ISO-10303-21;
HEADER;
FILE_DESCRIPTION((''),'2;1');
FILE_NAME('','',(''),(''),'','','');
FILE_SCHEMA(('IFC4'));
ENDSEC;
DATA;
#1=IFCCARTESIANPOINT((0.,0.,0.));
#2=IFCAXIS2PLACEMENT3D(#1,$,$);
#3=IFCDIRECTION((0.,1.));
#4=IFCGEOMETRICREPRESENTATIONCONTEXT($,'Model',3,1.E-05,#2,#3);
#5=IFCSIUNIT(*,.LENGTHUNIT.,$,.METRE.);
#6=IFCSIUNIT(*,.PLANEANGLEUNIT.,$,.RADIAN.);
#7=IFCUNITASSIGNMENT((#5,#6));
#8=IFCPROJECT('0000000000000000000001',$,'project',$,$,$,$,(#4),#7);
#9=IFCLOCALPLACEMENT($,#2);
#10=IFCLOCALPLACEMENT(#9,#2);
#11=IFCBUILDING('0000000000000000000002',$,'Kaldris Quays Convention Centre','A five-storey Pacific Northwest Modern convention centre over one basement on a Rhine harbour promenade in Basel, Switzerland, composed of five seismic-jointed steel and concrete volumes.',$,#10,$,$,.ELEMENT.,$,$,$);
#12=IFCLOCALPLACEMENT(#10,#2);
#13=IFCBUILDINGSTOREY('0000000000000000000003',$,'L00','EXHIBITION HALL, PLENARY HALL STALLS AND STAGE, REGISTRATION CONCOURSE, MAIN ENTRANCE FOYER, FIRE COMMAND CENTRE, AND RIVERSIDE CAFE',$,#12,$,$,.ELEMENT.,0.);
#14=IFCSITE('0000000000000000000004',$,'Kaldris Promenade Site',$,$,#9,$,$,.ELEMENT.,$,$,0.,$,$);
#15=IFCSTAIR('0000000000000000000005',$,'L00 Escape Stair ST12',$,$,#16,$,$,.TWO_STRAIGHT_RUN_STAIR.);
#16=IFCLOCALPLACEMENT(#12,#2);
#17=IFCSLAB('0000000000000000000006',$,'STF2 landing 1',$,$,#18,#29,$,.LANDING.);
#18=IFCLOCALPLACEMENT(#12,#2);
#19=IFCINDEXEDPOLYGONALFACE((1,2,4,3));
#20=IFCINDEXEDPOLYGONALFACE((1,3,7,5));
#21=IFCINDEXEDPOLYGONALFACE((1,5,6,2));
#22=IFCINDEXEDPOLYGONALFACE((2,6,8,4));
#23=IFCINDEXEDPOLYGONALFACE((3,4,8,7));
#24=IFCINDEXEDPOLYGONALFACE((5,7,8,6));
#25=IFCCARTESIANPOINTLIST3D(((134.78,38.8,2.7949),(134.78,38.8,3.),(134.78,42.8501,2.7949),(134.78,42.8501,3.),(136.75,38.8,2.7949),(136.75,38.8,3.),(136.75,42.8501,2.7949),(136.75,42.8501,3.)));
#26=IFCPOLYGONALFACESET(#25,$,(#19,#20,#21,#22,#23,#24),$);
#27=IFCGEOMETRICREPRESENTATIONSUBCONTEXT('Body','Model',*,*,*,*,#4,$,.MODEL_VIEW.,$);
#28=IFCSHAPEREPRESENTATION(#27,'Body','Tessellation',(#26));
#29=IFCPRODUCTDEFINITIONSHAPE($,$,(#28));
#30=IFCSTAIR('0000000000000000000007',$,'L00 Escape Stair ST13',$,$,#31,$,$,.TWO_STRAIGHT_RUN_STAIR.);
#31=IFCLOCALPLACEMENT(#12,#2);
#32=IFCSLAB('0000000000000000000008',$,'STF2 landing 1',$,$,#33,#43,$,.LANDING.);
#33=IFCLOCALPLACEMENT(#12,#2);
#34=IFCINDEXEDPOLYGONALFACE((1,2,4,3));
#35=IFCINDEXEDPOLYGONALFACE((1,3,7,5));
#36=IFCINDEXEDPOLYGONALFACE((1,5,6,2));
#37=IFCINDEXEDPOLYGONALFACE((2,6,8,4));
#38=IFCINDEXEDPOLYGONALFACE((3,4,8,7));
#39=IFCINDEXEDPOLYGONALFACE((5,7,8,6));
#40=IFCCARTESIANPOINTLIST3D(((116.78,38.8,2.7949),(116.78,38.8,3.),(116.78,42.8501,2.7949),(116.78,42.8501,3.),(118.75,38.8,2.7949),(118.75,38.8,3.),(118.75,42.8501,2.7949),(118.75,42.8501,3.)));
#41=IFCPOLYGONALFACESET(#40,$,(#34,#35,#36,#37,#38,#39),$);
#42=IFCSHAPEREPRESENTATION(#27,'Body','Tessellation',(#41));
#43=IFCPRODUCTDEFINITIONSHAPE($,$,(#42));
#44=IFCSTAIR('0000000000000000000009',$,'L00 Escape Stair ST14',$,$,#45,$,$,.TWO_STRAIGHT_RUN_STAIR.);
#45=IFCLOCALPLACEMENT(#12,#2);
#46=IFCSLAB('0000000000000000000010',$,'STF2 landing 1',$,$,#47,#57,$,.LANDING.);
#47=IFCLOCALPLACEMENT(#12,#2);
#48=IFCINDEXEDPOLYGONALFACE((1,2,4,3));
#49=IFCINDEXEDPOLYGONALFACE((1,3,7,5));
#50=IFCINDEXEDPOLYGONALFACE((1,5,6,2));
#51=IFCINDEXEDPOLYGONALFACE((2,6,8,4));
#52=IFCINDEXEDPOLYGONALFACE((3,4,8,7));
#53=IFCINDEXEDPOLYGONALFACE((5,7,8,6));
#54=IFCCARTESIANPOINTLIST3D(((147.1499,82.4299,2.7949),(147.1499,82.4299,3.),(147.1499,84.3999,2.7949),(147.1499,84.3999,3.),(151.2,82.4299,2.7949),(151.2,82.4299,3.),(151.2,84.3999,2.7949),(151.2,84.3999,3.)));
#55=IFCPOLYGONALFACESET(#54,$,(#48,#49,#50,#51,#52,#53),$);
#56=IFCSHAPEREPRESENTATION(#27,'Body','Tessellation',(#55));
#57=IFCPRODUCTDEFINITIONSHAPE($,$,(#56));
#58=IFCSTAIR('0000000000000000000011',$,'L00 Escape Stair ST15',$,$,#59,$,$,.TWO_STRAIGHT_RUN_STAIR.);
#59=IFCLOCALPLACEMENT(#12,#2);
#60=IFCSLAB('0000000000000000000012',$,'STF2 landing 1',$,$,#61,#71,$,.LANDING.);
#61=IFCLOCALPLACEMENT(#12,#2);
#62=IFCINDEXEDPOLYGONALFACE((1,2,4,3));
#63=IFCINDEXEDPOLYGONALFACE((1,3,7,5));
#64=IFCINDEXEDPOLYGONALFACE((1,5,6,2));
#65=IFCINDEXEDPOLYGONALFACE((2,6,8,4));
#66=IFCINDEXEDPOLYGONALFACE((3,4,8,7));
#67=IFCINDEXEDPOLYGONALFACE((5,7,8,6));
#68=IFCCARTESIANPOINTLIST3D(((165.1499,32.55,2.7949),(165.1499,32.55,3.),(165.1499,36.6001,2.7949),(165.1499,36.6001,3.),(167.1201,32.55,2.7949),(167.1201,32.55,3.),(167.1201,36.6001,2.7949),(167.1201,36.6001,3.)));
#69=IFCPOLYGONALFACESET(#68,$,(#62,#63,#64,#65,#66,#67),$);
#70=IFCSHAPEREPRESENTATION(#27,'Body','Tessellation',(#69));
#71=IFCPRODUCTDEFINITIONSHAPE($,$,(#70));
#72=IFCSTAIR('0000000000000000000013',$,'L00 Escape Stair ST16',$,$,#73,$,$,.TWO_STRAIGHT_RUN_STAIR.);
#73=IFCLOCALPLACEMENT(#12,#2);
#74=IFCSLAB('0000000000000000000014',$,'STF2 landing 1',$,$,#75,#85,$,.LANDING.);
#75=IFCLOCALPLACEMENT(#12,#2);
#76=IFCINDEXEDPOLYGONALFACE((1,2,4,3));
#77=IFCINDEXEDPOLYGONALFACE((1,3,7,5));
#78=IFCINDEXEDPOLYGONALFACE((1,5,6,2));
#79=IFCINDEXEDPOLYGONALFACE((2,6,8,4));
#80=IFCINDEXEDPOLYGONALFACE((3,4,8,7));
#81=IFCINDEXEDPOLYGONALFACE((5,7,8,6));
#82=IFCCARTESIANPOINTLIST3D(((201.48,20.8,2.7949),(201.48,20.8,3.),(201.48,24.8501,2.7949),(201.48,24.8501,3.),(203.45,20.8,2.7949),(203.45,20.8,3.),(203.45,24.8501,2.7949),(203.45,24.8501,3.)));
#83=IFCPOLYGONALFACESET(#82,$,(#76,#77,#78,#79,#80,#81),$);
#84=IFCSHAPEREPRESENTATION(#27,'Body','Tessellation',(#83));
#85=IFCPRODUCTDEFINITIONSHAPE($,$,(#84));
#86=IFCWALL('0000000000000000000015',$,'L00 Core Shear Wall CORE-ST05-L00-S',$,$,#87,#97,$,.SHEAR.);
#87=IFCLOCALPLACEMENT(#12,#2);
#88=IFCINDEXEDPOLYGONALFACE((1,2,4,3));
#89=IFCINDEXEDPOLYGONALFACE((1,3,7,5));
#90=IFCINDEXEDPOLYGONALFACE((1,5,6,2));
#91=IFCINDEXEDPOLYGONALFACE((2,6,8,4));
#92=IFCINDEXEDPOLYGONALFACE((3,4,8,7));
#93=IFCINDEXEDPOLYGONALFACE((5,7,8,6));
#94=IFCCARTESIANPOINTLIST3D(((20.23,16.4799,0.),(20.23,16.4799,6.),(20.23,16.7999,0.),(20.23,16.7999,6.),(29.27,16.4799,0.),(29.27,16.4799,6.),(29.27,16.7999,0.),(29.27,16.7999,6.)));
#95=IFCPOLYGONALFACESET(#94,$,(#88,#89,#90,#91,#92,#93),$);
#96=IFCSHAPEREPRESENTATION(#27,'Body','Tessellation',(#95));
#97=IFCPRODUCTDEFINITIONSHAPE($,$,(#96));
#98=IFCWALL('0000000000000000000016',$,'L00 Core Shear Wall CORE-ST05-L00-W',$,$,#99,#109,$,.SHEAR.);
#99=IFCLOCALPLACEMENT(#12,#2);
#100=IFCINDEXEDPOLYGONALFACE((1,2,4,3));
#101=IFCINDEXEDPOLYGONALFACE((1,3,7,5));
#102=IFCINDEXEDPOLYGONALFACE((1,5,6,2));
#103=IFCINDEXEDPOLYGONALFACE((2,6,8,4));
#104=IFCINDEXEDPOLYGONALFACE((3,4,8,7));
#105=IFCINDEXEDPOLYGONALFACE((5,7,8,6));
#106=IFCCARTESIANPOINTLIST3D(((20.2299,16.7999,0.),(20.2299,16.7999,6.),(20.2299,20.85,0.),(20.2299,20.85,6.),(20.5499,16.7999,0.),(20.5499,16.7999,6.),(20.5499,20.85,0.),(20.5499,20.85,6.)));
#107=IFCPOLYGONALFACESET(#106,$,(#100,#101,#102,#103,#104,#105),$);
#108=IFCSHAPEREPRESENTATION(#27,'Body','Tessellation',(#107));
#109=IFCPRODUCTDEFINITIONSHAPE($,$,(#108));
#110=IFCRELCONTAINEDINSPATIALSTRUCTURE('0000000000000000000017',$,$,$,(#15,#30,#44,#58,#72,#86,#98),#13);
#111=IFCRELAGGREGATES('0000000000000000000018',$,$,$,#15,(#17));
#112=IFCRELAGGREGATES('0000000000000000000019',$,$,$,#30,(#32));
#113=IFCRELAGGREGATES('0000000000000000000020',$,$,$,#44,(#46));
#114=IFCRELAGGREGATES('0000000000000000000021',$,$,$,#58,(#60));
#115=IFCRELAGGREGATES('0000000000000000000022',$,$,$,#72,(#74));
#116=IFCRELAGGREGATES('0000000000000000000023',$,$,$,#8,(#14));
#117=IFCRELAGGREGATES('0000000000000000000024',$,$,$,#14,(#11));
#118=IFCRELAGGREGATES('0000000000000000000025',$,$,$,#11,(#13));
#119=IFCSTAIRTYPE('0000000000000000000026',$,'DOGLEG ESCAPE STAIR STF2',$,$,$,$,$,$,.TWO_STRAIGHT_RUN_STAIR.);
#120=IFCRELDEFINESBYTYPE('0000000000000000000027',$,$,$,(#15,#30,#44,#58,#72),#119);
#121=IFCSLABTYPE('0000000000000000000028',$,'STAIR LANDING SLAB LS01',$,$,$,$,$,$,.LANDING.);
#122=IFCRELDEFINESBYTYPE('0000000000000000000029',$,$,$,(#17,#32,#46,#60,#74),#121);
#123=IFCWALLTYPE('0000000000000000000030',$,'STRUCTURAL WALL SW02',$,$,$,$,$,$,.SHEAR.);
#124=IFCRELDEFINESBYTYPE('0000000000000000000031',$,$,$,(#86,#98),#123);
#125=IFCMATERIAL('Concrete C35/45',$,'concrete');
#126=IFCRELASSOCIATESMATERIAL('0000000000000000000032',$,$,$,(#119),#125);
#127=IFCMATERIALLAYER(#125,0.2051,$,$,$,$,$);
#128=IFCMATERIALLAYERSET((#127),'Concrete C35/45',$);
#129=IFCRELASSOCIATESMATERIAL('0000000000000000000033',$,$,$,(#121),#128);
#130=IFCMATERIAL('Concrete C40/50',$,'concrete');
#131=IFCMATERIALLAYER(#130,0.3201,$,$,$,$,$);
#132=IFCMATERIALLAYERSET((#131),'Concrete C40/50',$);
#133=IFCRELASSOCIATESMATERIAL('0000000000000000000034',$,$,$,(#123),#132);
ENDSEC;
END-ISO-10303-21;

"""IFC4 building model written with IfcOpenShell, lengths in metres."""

from ifc_helpers import new_model, si_unit, direction, frame, frame_2d, origin, place, context, subcontext, project, spatial, polyline, rectangle, outline, extrude, material, layer, layer_set, type_object, element, aggregate, save


model = new_model("IFC4")

# Units and contexts
model_context = context("Model", 3, precision=1e-05, world=origin(), true_north=direction((0.0, 1.0)))
body_context = subcontext(model_context, "Body", "Model", "MODEL_VIEW")
ifc_project = project(units=[si_unit("LENGTHUNIT", "METRE"), si_unit("PLANEANGLEUNIT", "RADIAN")], contexts=[model_context])

# Site, building, storey
site_placement = place(None, origin())
site = spatial("IfcSite", under=ifc_project, at=site_placement, Name="Kaldris Promenade Site", CompositionType="ELEMENT", RefElevation=0.0)
building_placement = place(site_placement, origin())
building = spatial("IfcBuilding", under=site, at=building_placement, Name="Kaldris Quays Convention Centre", Description="A five-storey Pacific Northwest Modern convention centre over one basement on a Rhine harbour promenade in Basel, Switzerland, composed of five seismic-jointed steel and concrete volumes.", CompositionType="ELEMENT")
storey_placement = place(building_placement, origin())
storey = spatial("IfcBuildingStorey", under=building, at=storey_placement, Name="L00", Description="EXHIBITION HALL, PLENARY HALL STALLS AND STAGE, REGISTRATION CONCOURSE, MAIN ENTRANCE FOYER, FIRE COMMAND CENTRE, AND RIVERSIDE CAFE", CompositionType="ELEMENT", Elevation=0.0)

# Stairs, slabs
ifc_material_1 = material(Name="Concrete C35/45", Category="concrete")
stair_type = type_object("IfcStairType", Name="DOGLEG ESCAPE STAIR STF2", PredefinedType="TWO_STRAIGHT_RUN_STAIR", material=ifc_material_1)
stair_1_placement = place(storey_placement, origin())
stair_1 = element("IfcStair", 1, at=stair_1_placement, inside=storey, type_object=stair_type, Name="L00 Escape Stair ST12", PredefinedType="TWO_STRAIGHT_RUN_STAIR")
ifc_layer_1 = layer(ifc_material_1, 0.2051)
ifc_layer_set_1 = layer_set([ifc_layer_1], Name="Concrete C35/45")
slab_type = type_object("IfcSlabType", Name="STAIR LANDING SLAB LS01", PredefinedType="LANDING", material=ifc_layer_set_1)
slab_1_placement = place(storey_placement, frame((0.0, 0.0, 2.7949)))
slab_1 = element("IfcSlab", 2, at=slab_1_placement, type_object=slab_type, Name="STF2 landing 1", PredefinedType="LANDING", context=body_context, shape_type="SweptSolid", body=[
    extrude(outline(polyline([(134.78, 38.8), (136.75, 38.8), (136.75, 42.8501), (134.78, 42.8501), (134.78, 38.8)])), origin(), (0.0, 0.0, 1.0), 0.2051),
])
aggregate(stair_1, [slab_1])
stair_2_placement = place(storey_placement, origin())
stair_2 = element("IfcStair", 3, at=stair_2_placement, inside=storey, type_object=stair_type, Name="L00 Escape Stair ST13", PredefinedType="TWO_STRAIGHT_RUN_STAIR")
slab_2_placement = place(storey_placement, frame((0.0, 0.0, 2.7949)))
slab_2 = element("IfcSlab", 4, at=slab_2_placement, type_object=slab_type, Name="STF2 landing 1", PredefinedType="LANDING", context=body_context, shape_type="SweptSolid", body=[
    extrude(outline(polyline([(116.78, 38.8), (118.75, 38.8), (118.75, 42.8501), (116.78, 42.8501), (116.78, 38.8)])), origin(), (0.0, 0.0, 1.0), 0.2051),
])
aggregate(stair_2, [slab_2])
stair_3_placement = place(storey_placement, origin())
stair_3 = element("IfcStair", 5, at=stair_3_placement, inside=storey, type_object=stair_type, Name="L00 Escape Stair ST14", PredefinedType="TWO_STRAIGHT_RUN_STAIR")
slab_3_placement = place(storey_placement, frame((0.0, 0.0, 2.7949)))
slab_3 = element("IfcSlab", 6, at=slab_3_placement, type_object=slab_type, Name="STF2 landing 1", PredefinedType="LANDING", context=body_context, shape_type="SweptSolid", body=[
    extrude(outline(polyline([(151.2, 82.4299), (151.2, 84.3999), (147.1499, 84.3999), (147.1499, 82.4299), (151.2, 82.4299)])), origin(), (0.0, 0.0, 1.0), 0.2051),
])
aggregate(stair_3, [slab_3])
stair_4_placement = place(storey_placement, origin())
stair_4 = element("IfcStair", 7, at=stair_4_placement, inside=storey, type_object=stair_type, Name="L00 Escape Stair ST15", PredefinedType="TWO_STRAIGHT_RUN_STAIR")
slab_4_placement = place(storey_placement, frame((0.0, 0.0, 2.7949)))
slab_4 = element("IfcSlab", 8, at=slab_4_placement, type_object=slab_type, Name="STF2 landing 1", PredefinedType="LANDING", context=body_context, shape_type="SweptSolid", body=[
    extrude(outline(polyline([(167.1201, 36.6001), (165.1499, 36.6001), (165.1499, 32.55), (167.1201, 32.55), (167.1201, 36.6001)])), origin(), (0.0, 0.0, 1.0), 0.2051),
])
aggregate(stair_4, [slab_4])
stair_5_placement = place(storey_placement, origin())
stair_5 = element("IfcStair", 9, at=stair_5_placement, inside=storey, type_object=stair_type, Name="L00 Escape Stair ST16", PredefinedType="TWO_STRAIGHT_RUN_STAIR")
slab_5_placement = place(storey_placement, frame((0.0, 0.0, 2.7949)))
slab_5 = element("IfcSlab", 10, at=slab_5_placement, type_object=slab_type, Name="STF2 landing 1", PredefinedType="LANDING", context=body_context, shape_type="SweptSolid", body=[
    extrude(outline(polyline([(201.48, 20.8), (203.45, 20.8), (203.45, 24.8501), (201.48, 24.8501), (201.48, 20.8)])), origin(), (0.0, 0.0, 1.0), 0.2051),
])
aggregate(stair_5, [slab_5])

# Walls
ifc_material_2 = material(Name="Concrete C40/50", Category="concrete")
ifc_layer_2 = layer(ifc_material_2, 0.3201)
ifc_layer_set_2 = layer_set([ifc_layer_2], Name="Concrete C40/50")
wall_type = type_object("IfcWallType", Name="STRUCTURAL WALL SW02", PredefinedType="SHEAR", material=ifc_layer_set_2)
wall_1_placement = place(storey_placement, frame((20.23, 16.6399, 0.0), z_axis=(0.0, 0.0, 1.0), x_axis=(1.0, 0.0, 0.0)))
element("IfcWall", 11, at=wall_1_placement, inside=storey, type_object=wall_type, Name="L00 Core Shear Wall CORE-ST05-L00-S", PredefinedType="SHEAR", context=body_context, shape_type="SweptSolid", body=[
    extrude(rectangle(XDim=9.04, YDim=0.3201, at=frame_2d((4.52, 0.0))), origin(), (0.0, 0.0, 1.0), 6.0),
])
wall_2_placement = place(storey_placement, frame((20.3899, 16.8, 0.0), z_axis=(0.0, 0.0, 1.0), x_axis=(0.0, 1.0, 0.0)))
element("IfcWall", 12, at=wall_2_placement, inside=storey, type_object=wall_type, Name="L00 Core Shear Wall CORE-ST05-L00-W", PredefinedType="SHEAR", context=body_context, shape_type="SweptSolid", body=[
    extrude(rectangle(XDim=4.05, YDim=0.3201, at=frame_2d((2.0249, 0.0))), origin(), (0.0, 0.0, 1.0), 6.0),
])

save(model, "model.ifc")
